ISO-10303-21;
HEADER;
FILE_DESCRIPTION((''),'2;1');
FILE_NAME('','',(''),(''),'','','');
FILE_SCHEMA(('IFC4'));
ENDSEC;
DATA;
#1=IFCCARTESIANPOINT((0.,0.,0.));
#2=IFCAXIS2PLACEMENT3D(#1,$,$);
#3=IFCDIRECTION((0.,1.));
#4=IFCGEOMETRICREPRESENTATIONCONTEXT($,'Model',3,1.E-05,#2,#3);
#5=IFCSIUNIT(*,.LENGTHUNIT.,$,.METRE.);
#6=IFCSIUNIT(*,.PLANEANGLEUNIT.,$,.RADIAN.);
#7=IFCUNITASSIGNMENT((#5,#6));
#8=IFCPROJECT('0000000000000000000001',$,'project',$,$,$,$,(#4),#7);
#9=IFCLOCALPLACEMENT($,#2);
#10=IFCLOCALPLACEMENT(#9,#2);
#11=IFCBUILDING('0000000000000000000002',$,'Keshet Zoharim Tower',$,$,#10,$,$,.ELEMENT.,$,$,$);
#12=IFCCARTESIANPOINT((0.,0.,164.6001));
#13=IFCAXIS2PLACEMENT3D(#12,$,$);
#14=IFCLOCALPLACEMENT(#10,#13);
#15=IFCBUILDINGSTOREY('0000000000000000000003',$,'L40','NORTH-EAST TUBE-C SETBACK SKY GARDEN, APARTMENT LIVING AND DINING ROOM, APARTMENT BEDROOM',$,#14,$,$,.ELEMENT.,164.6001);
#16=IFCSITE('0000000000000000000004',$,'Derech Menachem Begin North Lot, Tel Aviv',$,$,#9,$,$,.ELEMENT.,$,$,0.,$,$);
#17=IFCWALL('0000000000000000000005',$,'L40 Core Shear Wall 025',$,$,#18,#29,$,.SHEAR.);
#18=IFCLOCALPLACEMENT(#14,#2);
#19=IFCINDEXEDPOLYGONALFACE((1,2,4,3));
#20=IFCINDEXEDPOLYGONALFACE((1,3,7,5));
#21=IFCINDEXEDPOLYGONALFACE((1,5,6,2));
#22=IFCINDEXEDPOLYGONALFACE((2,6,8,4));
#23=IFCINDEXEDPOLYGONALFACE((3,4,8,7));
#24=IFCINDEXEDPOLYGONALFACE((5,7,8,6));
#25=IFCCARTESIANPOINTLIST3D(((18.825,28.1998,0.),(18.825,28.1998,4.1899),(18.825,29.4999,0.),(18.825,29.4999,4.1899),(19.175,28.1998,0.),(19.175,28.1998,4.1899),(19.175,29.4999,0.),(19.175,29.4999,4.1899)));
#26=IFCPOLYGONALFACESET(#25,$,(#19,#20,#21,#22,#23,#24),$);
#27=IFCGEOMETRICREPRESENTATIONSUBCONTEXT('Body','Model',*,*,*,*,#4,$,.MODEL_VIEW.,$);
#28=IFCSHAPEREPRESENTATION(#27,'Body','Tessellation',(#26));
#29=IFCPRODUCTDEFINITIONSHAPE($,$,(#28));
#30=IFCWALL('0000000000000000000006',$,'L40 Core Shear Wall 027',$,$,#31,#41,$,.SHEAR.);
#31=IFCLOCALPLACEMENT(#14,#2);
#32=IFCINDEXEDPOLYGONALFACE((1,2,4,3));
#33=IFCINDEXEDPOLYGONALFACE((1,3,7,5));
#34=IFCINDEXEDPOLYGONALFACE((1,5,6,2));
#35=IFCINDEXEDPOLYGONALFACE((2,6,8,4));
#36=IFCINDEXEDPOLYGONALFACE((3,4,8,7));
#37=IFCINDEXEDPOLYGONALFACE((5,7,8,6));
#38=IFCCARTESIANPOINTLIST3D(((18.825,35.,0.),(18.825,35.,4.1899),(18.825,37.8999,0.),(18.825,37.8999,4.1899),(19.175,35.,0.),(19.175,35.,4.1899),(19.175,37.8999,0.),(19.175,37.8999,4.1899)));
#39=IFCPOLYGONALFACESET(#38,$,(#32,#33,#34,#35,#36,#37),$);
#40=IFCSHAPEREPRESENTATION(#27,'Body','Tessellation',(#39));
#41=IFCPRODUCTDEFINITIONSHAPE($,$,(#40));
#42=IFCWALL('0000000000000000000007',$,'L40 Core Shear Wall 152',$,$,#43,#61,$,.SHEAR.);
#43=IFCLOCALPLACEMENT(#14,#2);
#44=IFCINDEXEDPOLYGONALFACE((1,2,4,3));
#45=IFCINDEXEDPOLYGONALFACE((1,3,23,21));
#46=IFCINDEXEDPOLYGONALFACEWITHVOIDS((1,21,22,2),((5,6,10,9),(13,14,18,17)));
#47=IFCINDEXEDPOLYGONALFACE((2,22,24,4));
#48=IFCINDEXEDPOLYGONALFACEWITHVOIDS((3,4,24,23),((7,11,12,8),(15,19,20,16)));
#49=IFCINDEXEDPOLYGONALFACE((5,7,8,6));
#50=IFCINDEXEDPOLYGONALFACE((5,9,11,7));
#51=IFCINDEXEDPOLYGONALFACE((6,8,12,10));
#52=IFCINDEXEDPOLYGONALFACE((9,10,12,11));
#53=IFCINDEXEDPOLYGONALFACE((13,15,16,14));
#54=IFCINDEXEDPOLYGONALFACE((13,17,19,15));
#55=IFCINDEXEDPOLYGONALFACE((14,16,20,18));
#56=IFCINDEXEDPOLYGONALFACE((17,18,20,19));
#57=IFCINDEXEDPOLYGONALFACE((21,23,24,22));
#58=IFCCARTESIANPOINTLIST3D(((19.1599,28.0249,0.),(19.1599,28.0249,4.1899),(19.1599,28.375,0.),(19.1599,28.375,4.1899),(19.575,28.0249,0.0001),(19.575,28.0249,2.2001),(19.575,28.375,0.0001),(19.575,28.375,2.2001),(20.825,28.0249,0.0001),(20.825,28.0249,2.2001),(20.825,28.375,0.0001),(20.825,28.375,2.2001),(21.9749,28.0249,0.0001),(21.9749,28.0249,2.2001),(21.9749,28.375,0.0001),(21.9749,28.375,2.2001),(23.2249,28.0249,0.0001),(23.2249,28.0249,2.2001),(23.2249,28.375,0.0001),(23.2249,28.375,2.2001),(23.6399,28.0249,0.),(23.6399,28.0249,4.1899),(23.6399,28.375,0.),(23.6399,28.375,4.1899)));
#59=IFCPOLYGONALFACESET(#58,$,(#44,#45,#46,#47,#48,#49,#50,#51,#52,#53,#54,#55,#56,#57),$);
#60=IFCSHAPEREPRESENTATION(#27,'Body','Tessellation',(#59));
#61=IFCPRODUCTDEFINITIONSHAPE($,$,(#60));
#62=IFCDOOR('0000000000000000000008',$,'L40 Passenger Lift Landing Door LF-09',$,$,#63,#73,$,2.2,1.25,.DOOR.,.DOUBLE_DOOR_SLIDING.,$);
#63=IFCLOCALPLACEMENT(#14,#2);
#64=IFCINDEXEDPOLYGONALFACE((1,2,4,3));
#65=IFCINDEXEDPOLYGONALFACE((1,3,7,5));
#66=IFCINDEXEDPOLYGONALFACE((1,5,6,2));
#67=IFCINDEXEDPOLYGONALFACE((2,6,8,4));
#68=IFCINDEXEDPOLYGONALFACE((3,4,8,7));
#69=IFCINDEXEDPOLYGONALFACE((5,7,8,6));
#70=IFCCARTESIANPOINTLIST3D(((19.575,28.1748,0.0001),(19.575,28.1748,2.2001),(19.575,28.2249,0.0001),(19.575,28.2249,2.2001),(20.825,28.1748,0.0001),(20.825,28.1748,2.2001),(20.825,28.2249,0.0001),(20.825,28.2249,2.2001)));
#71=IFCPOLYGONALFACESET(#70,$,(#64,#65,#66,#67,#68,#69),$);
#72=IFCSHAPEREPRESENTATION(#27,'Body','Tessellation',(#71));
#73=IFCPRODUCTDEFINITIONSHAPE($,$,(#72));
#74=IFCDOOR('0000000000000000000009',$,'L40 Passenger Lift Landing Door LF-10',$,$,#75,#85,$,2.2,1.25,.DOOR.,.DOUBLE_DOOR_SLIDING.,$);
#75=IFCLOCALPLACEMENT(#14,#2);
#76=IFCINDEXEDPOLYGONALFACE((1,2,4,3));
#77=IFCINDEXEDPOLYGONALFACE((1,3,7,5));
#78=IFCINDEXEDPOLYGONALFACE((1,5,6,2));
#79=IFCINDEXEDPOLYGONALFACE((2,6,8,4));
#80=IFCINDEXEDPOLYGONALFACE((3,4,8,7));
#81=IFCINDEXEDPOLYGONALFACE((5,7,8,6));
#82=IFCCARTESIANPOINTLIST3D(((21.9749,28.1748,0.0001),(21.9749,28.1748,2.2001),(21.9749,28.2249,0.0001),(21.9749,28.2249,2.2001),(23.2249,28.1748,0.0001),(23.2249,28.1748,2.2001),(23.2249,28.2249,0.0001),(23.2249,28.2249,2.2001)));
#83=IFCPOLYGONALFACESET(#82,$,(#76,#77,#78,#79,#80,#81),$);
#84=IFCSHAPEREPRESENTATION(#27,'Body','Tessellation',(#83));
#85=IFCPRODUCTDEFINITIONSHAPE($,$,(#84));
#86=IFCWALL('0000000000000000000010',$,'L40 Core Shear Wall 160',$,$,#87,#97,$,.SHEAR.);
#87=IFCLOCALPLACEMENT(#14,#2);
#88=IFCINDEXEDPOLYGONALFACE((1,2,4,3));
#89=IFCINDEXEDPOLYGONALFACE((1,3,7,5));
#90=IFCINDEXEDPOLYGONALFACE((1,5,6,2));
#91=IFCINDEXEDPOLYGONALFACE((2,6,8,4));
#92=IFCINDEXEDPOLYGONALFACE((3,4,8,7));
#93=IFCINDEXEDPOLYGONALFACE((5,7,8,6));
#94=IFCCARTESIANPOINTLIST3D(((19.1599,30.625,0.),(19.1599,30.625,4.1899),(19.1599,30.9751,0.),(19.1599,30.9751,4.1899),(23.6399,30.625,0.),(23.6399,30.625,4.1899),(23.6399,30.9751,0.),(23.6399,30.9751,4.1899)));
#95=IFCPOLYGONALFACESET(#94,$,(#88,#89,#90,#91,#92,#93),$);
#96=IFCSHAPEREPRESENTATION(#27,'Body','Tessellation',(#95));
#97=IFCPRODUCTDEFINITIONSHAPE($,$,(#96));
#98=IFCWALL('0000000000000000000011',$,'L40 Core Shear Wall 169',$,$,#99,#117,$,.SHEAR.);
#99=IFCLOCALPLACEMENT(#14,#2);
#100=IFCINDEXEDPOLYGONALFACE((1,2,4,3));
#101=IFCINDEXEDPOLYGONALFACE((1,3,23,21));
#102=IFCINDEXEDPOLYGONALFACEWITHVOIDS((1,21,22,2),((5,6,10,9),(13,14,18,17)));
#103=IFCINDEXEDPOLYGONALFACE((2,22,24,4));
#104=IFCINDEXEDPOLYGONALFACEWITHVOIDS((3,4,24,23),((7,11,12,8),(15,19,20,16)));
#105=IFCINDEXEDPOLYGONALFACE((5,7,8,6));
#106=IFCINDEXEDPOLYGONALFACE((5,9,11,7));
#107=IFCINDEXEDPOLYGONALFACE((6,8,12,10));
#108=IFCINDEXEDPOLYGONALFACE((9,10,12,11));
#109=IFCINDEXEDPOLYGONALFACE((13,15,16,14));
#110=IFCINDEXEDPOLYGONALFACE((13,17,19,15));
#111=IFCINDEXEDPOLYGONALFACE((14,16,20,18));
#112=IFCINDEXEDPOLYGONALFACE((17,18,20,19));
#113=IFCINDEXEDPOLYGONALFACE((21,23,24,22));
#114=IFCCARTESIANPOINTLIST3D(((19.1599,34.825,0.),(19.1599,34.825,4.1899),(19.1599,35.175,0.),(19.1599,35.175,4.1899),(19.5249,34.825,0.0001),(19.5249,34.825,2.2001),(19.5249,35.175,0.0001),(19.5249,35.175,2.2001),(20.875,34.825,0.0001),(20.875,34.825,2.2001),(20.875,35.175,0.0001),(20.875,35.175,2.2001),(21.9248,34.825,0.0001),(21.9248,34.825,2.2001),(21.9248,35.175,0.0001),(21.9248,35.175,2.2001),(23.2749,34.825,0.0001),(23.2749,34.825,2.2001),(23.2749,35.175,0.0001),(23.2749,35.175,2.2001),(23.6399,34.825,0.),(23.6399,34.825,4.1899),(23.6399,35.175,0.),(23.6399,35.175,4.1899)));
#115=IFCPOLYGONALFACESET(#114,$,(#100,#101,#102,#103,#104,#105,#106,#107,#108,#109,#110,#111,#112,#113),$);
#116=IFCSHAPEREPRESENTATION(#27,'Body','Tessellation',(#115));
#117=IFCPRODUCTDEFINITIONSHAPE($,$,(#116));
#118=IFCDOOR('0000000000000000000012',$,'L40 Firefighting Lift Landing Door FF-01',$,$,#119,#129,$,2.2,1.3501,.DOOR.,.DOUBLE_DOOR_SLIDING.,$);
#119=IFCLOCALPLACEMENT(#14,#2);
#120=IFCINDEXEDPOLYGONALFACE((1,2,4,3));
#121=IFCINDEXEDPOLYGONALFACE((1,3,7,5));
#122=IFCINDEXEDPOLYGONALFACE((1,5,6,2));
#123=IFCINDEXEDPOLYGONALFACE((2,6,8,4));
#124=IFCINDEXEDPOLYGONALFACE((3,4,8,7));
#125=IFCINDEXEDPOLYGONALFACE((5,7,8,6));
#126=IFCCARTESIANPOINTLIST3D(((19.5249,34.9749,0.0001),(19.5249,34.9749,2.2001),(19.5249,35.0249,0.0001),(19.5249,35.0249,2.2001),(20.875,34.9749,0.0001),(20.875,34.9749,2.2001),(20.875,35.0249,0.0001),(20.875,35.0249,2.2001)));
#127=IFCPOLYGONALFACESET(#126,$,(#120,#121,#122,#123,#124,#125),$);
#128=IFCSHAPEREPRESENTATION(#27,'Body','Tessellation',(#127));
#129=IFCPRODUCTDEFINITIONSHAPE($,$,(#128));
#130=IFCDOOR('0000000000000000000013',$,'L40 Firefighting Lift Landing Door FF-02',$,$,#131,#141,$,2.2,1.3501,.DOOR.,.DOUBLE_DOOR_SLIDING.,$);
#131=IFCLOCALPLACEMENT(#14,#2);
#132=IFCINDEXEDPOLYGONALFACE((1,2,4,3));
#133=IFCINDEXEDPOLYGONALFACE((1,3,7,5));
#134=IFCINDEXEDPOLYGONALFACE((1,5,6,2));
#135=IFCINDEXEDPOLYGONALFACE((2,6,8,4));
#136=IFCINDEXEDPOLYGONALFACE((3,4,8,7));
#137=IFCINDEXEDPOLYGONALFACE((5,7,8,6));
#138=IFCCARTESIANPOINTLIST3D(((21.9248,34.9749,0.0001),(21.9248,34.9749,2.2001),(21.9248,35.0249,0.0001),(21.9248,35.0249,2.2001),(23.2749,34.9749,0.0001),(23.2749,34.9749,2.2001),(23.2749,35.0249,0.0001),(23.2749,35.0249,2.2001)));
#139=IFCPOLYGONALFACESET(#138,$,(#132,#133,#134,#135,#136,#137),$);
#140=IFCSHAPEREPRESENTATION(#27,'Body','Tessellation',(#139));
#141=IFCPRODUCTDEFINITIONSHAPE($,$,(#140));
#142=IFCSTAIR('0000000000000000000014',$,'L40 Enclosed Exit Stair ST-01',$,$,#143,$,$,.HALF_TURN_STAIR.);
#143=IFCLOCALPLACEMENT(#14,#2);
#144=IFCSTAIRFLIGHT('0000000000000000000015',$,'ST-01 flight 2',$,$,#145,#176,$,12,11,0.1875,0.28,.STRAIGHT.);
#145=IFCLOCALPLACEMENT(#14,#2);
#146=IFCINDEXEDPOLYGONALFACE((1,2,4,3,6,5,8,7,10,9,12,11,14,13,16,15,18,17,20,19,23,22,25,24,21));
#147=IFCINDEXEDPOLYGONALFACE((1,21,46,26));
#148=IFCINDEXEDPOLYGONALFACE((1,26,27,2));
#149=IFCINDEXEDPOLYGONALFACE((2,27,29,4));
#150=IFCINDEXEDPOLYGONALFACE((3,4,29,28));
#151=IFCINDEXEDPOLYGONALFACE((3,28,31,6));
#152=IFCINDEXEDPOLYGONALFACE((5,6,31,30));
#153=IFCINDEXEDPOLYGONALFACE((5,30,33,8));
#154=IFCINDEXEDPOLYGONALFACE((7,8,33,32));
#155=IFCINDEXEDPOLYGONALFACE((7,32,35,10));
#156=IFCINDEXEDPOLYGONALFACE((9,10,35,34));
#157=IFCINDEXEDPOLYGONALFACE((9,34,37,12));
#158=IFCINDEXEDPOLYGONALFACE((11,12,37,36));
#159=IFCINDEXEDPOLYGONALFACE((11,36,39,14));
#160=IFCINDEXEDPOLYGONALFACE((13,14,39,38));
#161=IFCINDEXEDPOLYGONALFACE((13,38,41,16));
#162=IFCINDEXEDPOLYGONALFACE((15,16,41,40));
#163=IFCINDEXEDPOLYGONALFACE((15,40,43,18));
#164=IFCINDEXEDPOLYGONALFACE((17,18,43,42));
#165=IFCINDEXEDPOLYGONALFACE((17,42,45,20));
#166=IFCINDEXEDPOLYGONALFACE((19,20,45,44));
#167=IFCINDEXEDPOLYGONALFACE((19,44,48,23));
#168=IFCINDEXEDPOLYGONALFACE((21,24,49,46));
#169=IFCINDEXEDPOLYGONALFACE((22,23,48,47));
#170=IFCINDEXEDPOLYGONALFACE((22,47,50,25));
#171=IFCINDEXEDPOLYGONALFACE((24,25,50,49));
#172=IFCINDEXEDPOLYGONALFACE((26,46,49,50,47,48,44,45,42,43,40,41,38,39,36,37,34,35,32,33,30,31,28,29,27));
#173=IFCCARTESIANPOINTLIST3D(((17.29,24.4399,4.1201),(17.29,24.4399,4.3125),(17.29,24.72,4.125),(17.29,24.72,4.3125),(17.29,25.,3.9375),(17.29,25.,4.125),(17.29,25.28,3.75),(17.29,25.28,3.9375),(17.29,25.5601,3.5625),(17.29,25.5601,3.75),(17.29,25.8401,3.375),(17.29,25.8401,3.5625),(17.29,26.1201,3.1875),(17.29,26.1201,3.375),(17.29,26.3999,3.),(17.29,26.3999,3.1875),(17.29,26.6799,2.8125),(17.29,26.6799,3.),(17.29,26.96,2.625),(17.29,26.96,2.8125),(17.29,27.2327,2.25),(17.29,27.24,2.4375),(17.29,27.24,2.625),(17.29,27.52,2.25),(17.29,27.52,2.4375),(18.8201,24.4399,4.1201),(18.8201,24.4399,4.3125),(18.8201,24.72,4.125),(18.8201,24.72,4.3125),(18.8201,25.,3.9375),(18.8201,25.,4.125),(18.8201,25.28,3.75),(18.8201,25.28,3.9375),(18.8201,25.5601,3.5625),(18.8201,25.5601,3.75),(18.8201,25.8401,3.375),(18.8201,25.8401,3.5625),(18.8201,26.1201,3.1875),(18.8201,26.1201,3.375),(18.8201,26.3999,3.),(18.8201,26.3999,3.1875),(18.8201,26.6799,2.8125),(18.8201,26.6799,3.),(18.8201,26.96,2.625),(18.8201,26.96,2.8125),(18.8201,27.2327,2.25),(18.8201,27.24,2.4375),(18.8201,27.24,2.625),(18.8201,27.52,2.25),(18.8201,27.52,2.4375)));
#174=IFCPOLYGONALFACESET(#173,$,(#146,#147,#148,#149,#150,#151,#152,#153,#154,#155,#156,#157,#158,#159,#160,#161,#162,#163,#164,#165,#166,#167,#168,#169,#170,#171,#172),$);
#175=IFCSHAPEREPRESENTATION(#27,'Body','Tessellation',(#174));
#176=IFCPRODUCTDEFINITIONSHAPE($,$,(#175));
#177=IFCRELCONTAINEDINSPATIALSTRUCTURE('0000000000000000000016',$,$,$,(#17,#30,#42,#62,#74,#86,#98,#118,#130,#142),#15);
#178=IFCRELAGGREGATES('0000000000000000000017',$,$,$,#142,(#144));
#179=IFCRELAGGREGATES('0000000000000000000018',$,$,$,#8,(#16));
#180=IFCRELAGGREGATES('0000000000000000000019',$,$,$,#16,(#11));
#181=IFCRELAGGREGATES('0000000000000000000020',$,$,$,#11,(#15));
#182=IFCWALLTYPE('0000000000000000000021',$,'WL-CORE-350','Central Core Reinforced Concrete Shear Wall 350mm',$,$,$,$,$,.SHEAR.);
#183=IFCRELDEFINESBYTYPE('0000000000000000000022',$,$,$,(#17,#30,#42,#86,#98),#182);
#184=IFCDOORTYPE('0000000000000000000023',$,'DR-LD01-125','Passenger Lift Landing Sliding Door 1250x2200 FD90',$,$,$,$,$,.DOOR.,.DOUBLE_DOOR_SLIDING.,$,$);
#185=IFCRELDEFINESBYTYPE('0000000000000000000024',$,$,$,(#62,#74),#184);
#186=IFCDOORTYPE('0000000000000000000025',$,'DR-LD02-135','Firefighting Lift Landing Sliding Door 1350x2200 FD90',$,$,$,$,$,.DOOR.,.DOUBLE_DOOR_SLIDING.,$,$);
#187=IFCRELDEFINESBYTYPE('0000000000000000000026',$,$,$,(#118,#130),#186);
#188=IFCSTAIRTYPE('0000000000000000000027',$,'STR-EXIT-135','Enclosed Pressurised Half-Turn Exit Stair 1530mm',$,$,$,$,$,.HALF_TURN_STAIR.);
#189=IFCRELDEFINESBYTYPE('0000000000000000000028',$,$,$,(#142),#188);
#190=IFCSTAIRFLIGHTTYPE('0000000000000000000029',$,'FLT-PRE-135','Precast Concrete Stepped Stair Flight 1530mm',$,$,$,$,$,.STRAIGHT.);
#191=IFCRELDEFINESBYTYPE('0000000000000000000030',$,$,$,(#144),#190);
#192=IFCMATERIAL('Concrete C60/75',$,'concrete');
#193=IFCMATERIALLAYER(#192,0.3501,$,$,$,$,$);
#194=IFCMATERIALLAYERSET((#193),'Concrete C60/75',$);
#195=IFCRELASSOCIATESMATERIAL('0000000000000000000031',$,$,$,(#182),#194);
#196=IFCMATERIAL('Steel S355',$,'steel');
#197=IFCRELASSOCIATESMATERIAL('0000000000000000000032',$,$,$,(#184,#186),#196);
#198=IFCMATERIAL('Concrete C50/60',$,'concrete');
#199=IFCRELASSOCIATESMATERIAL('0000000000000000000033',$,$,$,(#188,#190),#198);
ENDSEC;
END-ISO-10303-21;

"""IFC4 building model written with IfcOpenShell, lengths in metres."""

from ifc_helpers import new_model, si_unit, direction, frame, frame_2d, origin, place, context, subcontext, project, spatial, polyline, rectangle, outline, extrude, material, layer, layer_set, type_object, element, fill, aggregate, save


model = new_model("IFC4")

# Units and contexts
model_context = context("Model", 3, precision=1e-05, world=origin(), true_north=direction((0.0, 1.0)))
body_context = subcontext(model_context, "Body", "Model", "MODEL_VIEW")
ifc_project = project(units=[si_unit("LENGTHUNIT", "METRE"), si_unit("PLANEANGLEUNIT", "RADIAN")], contexts=[model_context])

# Site, building, storey
site_placement = place(None, origin())
site = spatial("IfcSite", under=ifc_project, at=site_placement, Name="Derech Menachem Begin North Lot, Tel Aviv", CompositionType="ELEMENT", RefElevation=0.0)
building_placement = place(site_placement, origin())
building = spatial("IfcBuilding", under=site, at=building_placement, Name="Keshet Zoharim Tower", CompositionType="ELEMENT")
storey_placement = place(building_placement, frame((0.0, 0.0, 164.6001)))
storey = spatial("IfcBuildingStorey", under=building, at=storey_placement, Name="L40", Description="NORTH-EAST TUBE-C SETBACK SKY GARDEN, APARTMENT LIVING AND DINING ROOM, APARTMENT BEDROOM", CompositionType="ELEMENT", Elevation=164.6001)

# Wall
ifc_material_1 = material(Name="Concrete C60/75", Category="concrete")
ifc_layer_1 = layer(ifc_material_1, 0.3501)
ifc_layer_set_1 = layer_set([ifc_layer_1], Name="Concrete C60/75")
wall_type = type_object("IfcWallType", Name="WL-CORE-350", Description="Central Core Reinforced Concrete Shear Wall 350mm", PredefinedType="SHEAR", material=ifc_layer_set_1)
wall_1_placement = place(storey_placement, frame((19.0, 28.2, 0.0), z_axis=(0.0, 0.0, 1.0), x_axis=(0.0, 1.0, 0.0)))
element("IfcWall", 1, at=wall_1_placement, inside=storey, type_object=wall_type, Name="L40 Core Shear Wall 025", PredefinedType="SHEAR", context=body_context, shape_type="SweptSolid", body=[
    extrude(rectangle(XDim=1.3, YDim=0.3501, at=frame_2d((0.6499, 0.0))), origin(), (0.0, 0.0, 1.0), 4.1899),
])

# Wall
wall_2_placement = place(storey_placement, frame((19.0, 35.0, 0.0), z_axis=(0.0, 0.0, 1.0), x_axis=(0.0, 1.0, 0.0)))
element("IfcWall", 2, at=wall_2_placement, inside=storey, type_object=wall_type, Name="L40 Core Shear Wall 027", PredefinedType="SHEAR", context=body_context, shape_type="SweptSolid", body=[
    extrude(rectangle(XDim=2.8999, YDim=0.3501, at=frame_2d((1.45, 0.0))), origin(), (0.0, 0.0, 1.0), 4.1899),
])

# Wall, openings, doors
wall_3_placement = place(storey_placement, frame((19.1599, 28.2, 0.0), z_axis=(0.0, 0.0, 1.0), x_axis=(1.0, 0.0, 0.0)))
wall_3 = element("IfcWall", 3, at=wall_3_placement, inside=storey, type_object=wall_type, Name="L40 Core Shear Wall 152", PredefinedType="SHEAR", context=body_context, shape_type="SweptSolid", body=[
    extrude(rectangle(XDim=4.48, YDim=0.3501, at=frame_2d((2.24, 0.0))), origin(), (0.0, 0.0, 1.0), 4.1899),
])
opening_1_placement = place(wall_3_placement, frame((0.415, 0.0, 0.0)))
opening_1 = element("IfcOpeningElement", 4, at=opening_1_placement, cuts=wall_3, PredefinedType="OPENING", context=body_context, shape_type="SweptSolid", body=[
    extrude(rectangle(XDim=1.25, YDim=2.2, at=frame_2d((0.625, 1.1001))), frame((0.0, 0.1851, 0.0), z_axis=(0.0, -1.0, 0.0), x_axis=(1.0, 0.0, 0.0)), (0.0, 0.0, 1.0), 0.3701),
])
opening_2_placement = place(wall_3_placement, frame((2.8149, 0.0, 0.0)))
opening_2 = element("IfcOpeningElement", 5, at=opening_2_placement, cuts=wall_3, PredefinedType="OPENING", context=body_context, shape_type="SweptSolid", body=[
    extrude(rectangle(XDim=1.25, YDim=2.2, at=frame_2d((0.625, 1.1001))), frame((0.0, 0.1851, 0.0), z_axis=(0.0, -1.0, 0.0), x_axis=(1.0, 0.0, 0.0)), (0.0, 0.0, 1.0), 0.3701),
])
ifc_material_2 = material(Name="Steel S355", Category="steel")
door_type_1 = type_object("IfcDoorType", Name="DR-LD01-125", Description="Passenger Lift Landing Sliding Door 1250x2200 FD90", OperationType="DOUBLE_DOOR_SLIDING", PredefinedType="DOOR", material=ifc_material_2)
door_1_placement = place(opening_1_placement, origin())
door_1 = element("IfcDoor", 6, at=door_1_placement, inside=storey, type_object=door_type_1, Name="L40 Passenger Lift Landing Door LF-09", OperationType="DOUBLE_DOOR_SLIDING", OverallHeight=2.2, OverallWidth=1.25, PredefinedType="DOOR", context=body_context, shape_type="SweptSolid", body=[
    extrude(rectangle(XDim=1.25, YDim=2.2, at=frame_2d((0.625, 1.1001))), frame((0.0, 0.0249, 0.0), z_axis=(0.0, -1.0, 0.0), x_axis=(1.0, 0.0, 0.0)), (0.0, 0.0, 1.0), 0.05),
])
fill(opening_1, door_1)
door_2_placement = place(opening_2_placement, origin())
door_2 = element("IfcDoor", 7, at=door_2_placement, inside=storey, type_object=door_type_1, Name="L40 Passenger Lift Landing Door LF-10", OperationType="DOUBLE_DOOR_SLIDING", OverallHeight=2.2, OverallWidth=1.25, PredefinedType="DOOR", context=body_context, shape_type="SweptSolid", body=[
    extrude(rectangle(XDim=1.25, YDim=2.2, at=frame_2d((0.625, 1.1001))), frame((0.0, 0.0249, 0.0), z_axis=(0.0, -1.0, 0.0), x_axis=(1.0, 0.0, 0.0)), (0.0, 0.0, 1.0), 0.05),
])
fill(opening_2, door_2)

# Wall
wall_4_placement = place(storey_placement, frame((19.1599, 30.8, 0.0), z_axis=(0.0, 0.0, 1.0), x_axis=(1.0, 0.0, 0.0)))
element("IfcWall", 8, at=wall_4_placement, inside=storey, type_object=wall_type, Name="L40 Core Shear Wall 160", PredefinedType="SHEAR", context=body_context, shape_type="SweptSolid", body=[
    extrude(rectangle(XDim=4.48, YDim=0.3501, at=frame_2d((2.24, 0.0))), origin(), (0.0, 0.0, 1.0), 4.1899),
])

# Wall, openings, doors
wall_5_placement = place(storey_placement, frame((19.1599, 35.0, 0.0), z_axis=(0.0, 0.0, 1.0), x_axis=(1.0, 0.0, 0.0)))
wall_5 = element("IfcWall", 9, at=wall_5_placement, inside=storey, type_object=wall_type, Name="L40 Core Shear Wall 169", PredefinedType="SHEAR", context=body_context, shape_type="SweptSolid", body=[
    extrude(rectangle(XDim=4.48, YDim=0.3501, at=frame_2d((2.24, 0.0))), origin(), (0.0, 0.0, 1.0), 4.1899),
])
opening_3_placement = place(wall_5_placement, frame((0.365, 0.0, 0.0)))
opening_3 = element("IfcOpeningElement", 10, at=opening_3_placement, cuts=wall_5, PredefinedType="OPENING", context=body_context, shape_type="SweptSolid", body=[
    extrude(rectangle(XDim=1.3501, YDim=2.2, at=frame_2d((0.675, 1.1001))), frame((0.0, 0.1851, 0.0), z_axis=(0.0, -1.0, 0.0), x_axis=(1.0, 0.0, 0.0)), (0.0, 0.0, 1.0), 0.3701),
])
opening_4_placement = place(wall_5_placement, frame((2.7649, 0.0, 0.0)))
opening_4 = element("IfcOpeningElement", 11, at=opening_4_placement, cuts=wall_5, PredefinedType="OPENING", context=body_context, shape_type="SweptSolid", body=[
    extrude(rectangle(XDim=1.3501, YDim=2.2, at=frame_2d((0.675, 1.1001))), frame((0.0, 0.1851, 0.0), z_axis=(0.0, -1.0, 0.0), x_axis=(1.0, 0.0, 0.0)), (0.0, 0.0, 1.0), 0.3701),
])
door_type_2 = type_object("IfcDoorType", Name="DR-LD02-135", Description="Firefighting Lift Landing Sliding Door 1350x2200 FD90", OperationType="DOUBLE_DOOR_SLIDING", PredefinedType="DOOR", material=ifc_material_2)
door_3_placement = place(opening_3_placement, origin())
door_3 = element("IfcDoor", 12, at=door_3_placement, inside=storey, type_object=door_type_2, Name="L40 Firefighting Lift Landing Door FF-01", OperationType="DOUBLE_DOOR_SLIDING", OverallHeight=2.2, OverallWidth=1.3501, PredefinedType="DOOR", context=body_context, shape_type="SweptSolid", body=[
    extrude(rectangle(XDim=1.3501, YDim=2.2, at=frame_2d((0.675, 1.1001))), frame((0.0, 0.0249, 0.0), z_axis=(0.0, -1.0, 0.0), x_axis=(1.0, 0.0, 0.0)), (0.0, 0.0, 1.0), 0.05),
])
fill(opening_3, door_3)
door_4_placement = place(opening_4_placement, origin())
door_4 = element("IfcDoor", 13, at=door_4_placement, inside=storey, type_object=door_type_2, Name="L40 Firefighting Lift Landing Door FF-02", OperationType="DOUBLE_DOOR_SLIDING", OverallHeight=2.2, OverallWidth=1.3501, PredefinedType="DOOR", context=body_context, shape_type="SweptSolid", body=[
    extrude(rectangle(XDim=1.3501, YDim=2.2, at=frame_2d((0.675, 1.1001))), frame((0.0, 0.0249, 0.0), z_axis=(0.0, -1.0, 0.0), x_axis=(1.0, 0.0, 0.0)), (0.0, 0.0, 1.0), 0.05),
])
fill(opening_4, door_4)

# Stair, stair flight
ifc_material_3 = material(Name="Concrete C50/60", Category="concrete")
stair_type = type_object("IfcStairType", Name="STR-EXIT-135", Description="Enclosed Pressurised Half-Turn Exit Stair 1530mm", PredefinedType="HALF_TURN_STAIR", material=ifc_material_3)
stair_1_placement = place(storey_placement, origin())
stair_1 = element("IfcStair", 14, at=stair_1_placement, inside=storey, type_object=stair_type, Name="L40 Enclosed Exit Stair ST-01", PredefinedType="HALF_TURN_STAIR")
stair_flight_type = type_object("IfcStairFlightType", Name="FLT-PRE-135", Description="Precast Concrete Stepped Stair Flight 1530mm", PredefinedType="STRAIGHT", material=ifc_material_3)
stair_flight_1_placement = place(storey_placement, frame((18.0549, 27.52, 2.25), z_axis=(0.0, 0.0, 1.0), x_axis=(0.0, -1.0, 0.0)))
stair_flight_1 = element("IfcStairFlight", 15, at=stair_flight_1_placement, type_object=stair_flight_type, Name="ST-01 flight 2", NumberOfRisers=12, NumberOfTreads=11, PredefinedType="STRAIGHT", RiserHeight=0.1875, TreadLength=0.28, context=body_context, shape_type="SweptSolid", body=[
    extrude(outline(polyline([(0.0, 0.0), (0.0, 0.1875), (0.28, 0.1875), (0.28, 0.375), (0.5601, 0.375), (0.5601, 0.5625), (0.8401, 0.5625), (0.8401, 0.75), (1.1201, 0.75), (1.1201, 0.9375), (1.3999, 0.9375), (1.3999, 1.125), (1.6799, 1.125), (1.6799, 1.3125), (1.96, 1.3125), (1.96, 1.5), (2.24, 1.5), (2.24, 1.6875), (2.52, 1.6875), (2.52, 1.875), (2.8, 1.875), (2.8, 2.0625), (3.0801, 2.0625), (3.0801, 2.25), (3.0801, 1.8701), (0.2874, 0.0), (0.0, 0.0)])), frame((0.0, 0.7651, 0.0), z_axis=(0.0, -1.0, 0.0), x_axis=(1.0, 0.0, 0.0)), (0.0, 0.0, 1.0), 1.53),
])
aggregate(stair_1, [stair_flight_1])

save(model, "model.ifc")
